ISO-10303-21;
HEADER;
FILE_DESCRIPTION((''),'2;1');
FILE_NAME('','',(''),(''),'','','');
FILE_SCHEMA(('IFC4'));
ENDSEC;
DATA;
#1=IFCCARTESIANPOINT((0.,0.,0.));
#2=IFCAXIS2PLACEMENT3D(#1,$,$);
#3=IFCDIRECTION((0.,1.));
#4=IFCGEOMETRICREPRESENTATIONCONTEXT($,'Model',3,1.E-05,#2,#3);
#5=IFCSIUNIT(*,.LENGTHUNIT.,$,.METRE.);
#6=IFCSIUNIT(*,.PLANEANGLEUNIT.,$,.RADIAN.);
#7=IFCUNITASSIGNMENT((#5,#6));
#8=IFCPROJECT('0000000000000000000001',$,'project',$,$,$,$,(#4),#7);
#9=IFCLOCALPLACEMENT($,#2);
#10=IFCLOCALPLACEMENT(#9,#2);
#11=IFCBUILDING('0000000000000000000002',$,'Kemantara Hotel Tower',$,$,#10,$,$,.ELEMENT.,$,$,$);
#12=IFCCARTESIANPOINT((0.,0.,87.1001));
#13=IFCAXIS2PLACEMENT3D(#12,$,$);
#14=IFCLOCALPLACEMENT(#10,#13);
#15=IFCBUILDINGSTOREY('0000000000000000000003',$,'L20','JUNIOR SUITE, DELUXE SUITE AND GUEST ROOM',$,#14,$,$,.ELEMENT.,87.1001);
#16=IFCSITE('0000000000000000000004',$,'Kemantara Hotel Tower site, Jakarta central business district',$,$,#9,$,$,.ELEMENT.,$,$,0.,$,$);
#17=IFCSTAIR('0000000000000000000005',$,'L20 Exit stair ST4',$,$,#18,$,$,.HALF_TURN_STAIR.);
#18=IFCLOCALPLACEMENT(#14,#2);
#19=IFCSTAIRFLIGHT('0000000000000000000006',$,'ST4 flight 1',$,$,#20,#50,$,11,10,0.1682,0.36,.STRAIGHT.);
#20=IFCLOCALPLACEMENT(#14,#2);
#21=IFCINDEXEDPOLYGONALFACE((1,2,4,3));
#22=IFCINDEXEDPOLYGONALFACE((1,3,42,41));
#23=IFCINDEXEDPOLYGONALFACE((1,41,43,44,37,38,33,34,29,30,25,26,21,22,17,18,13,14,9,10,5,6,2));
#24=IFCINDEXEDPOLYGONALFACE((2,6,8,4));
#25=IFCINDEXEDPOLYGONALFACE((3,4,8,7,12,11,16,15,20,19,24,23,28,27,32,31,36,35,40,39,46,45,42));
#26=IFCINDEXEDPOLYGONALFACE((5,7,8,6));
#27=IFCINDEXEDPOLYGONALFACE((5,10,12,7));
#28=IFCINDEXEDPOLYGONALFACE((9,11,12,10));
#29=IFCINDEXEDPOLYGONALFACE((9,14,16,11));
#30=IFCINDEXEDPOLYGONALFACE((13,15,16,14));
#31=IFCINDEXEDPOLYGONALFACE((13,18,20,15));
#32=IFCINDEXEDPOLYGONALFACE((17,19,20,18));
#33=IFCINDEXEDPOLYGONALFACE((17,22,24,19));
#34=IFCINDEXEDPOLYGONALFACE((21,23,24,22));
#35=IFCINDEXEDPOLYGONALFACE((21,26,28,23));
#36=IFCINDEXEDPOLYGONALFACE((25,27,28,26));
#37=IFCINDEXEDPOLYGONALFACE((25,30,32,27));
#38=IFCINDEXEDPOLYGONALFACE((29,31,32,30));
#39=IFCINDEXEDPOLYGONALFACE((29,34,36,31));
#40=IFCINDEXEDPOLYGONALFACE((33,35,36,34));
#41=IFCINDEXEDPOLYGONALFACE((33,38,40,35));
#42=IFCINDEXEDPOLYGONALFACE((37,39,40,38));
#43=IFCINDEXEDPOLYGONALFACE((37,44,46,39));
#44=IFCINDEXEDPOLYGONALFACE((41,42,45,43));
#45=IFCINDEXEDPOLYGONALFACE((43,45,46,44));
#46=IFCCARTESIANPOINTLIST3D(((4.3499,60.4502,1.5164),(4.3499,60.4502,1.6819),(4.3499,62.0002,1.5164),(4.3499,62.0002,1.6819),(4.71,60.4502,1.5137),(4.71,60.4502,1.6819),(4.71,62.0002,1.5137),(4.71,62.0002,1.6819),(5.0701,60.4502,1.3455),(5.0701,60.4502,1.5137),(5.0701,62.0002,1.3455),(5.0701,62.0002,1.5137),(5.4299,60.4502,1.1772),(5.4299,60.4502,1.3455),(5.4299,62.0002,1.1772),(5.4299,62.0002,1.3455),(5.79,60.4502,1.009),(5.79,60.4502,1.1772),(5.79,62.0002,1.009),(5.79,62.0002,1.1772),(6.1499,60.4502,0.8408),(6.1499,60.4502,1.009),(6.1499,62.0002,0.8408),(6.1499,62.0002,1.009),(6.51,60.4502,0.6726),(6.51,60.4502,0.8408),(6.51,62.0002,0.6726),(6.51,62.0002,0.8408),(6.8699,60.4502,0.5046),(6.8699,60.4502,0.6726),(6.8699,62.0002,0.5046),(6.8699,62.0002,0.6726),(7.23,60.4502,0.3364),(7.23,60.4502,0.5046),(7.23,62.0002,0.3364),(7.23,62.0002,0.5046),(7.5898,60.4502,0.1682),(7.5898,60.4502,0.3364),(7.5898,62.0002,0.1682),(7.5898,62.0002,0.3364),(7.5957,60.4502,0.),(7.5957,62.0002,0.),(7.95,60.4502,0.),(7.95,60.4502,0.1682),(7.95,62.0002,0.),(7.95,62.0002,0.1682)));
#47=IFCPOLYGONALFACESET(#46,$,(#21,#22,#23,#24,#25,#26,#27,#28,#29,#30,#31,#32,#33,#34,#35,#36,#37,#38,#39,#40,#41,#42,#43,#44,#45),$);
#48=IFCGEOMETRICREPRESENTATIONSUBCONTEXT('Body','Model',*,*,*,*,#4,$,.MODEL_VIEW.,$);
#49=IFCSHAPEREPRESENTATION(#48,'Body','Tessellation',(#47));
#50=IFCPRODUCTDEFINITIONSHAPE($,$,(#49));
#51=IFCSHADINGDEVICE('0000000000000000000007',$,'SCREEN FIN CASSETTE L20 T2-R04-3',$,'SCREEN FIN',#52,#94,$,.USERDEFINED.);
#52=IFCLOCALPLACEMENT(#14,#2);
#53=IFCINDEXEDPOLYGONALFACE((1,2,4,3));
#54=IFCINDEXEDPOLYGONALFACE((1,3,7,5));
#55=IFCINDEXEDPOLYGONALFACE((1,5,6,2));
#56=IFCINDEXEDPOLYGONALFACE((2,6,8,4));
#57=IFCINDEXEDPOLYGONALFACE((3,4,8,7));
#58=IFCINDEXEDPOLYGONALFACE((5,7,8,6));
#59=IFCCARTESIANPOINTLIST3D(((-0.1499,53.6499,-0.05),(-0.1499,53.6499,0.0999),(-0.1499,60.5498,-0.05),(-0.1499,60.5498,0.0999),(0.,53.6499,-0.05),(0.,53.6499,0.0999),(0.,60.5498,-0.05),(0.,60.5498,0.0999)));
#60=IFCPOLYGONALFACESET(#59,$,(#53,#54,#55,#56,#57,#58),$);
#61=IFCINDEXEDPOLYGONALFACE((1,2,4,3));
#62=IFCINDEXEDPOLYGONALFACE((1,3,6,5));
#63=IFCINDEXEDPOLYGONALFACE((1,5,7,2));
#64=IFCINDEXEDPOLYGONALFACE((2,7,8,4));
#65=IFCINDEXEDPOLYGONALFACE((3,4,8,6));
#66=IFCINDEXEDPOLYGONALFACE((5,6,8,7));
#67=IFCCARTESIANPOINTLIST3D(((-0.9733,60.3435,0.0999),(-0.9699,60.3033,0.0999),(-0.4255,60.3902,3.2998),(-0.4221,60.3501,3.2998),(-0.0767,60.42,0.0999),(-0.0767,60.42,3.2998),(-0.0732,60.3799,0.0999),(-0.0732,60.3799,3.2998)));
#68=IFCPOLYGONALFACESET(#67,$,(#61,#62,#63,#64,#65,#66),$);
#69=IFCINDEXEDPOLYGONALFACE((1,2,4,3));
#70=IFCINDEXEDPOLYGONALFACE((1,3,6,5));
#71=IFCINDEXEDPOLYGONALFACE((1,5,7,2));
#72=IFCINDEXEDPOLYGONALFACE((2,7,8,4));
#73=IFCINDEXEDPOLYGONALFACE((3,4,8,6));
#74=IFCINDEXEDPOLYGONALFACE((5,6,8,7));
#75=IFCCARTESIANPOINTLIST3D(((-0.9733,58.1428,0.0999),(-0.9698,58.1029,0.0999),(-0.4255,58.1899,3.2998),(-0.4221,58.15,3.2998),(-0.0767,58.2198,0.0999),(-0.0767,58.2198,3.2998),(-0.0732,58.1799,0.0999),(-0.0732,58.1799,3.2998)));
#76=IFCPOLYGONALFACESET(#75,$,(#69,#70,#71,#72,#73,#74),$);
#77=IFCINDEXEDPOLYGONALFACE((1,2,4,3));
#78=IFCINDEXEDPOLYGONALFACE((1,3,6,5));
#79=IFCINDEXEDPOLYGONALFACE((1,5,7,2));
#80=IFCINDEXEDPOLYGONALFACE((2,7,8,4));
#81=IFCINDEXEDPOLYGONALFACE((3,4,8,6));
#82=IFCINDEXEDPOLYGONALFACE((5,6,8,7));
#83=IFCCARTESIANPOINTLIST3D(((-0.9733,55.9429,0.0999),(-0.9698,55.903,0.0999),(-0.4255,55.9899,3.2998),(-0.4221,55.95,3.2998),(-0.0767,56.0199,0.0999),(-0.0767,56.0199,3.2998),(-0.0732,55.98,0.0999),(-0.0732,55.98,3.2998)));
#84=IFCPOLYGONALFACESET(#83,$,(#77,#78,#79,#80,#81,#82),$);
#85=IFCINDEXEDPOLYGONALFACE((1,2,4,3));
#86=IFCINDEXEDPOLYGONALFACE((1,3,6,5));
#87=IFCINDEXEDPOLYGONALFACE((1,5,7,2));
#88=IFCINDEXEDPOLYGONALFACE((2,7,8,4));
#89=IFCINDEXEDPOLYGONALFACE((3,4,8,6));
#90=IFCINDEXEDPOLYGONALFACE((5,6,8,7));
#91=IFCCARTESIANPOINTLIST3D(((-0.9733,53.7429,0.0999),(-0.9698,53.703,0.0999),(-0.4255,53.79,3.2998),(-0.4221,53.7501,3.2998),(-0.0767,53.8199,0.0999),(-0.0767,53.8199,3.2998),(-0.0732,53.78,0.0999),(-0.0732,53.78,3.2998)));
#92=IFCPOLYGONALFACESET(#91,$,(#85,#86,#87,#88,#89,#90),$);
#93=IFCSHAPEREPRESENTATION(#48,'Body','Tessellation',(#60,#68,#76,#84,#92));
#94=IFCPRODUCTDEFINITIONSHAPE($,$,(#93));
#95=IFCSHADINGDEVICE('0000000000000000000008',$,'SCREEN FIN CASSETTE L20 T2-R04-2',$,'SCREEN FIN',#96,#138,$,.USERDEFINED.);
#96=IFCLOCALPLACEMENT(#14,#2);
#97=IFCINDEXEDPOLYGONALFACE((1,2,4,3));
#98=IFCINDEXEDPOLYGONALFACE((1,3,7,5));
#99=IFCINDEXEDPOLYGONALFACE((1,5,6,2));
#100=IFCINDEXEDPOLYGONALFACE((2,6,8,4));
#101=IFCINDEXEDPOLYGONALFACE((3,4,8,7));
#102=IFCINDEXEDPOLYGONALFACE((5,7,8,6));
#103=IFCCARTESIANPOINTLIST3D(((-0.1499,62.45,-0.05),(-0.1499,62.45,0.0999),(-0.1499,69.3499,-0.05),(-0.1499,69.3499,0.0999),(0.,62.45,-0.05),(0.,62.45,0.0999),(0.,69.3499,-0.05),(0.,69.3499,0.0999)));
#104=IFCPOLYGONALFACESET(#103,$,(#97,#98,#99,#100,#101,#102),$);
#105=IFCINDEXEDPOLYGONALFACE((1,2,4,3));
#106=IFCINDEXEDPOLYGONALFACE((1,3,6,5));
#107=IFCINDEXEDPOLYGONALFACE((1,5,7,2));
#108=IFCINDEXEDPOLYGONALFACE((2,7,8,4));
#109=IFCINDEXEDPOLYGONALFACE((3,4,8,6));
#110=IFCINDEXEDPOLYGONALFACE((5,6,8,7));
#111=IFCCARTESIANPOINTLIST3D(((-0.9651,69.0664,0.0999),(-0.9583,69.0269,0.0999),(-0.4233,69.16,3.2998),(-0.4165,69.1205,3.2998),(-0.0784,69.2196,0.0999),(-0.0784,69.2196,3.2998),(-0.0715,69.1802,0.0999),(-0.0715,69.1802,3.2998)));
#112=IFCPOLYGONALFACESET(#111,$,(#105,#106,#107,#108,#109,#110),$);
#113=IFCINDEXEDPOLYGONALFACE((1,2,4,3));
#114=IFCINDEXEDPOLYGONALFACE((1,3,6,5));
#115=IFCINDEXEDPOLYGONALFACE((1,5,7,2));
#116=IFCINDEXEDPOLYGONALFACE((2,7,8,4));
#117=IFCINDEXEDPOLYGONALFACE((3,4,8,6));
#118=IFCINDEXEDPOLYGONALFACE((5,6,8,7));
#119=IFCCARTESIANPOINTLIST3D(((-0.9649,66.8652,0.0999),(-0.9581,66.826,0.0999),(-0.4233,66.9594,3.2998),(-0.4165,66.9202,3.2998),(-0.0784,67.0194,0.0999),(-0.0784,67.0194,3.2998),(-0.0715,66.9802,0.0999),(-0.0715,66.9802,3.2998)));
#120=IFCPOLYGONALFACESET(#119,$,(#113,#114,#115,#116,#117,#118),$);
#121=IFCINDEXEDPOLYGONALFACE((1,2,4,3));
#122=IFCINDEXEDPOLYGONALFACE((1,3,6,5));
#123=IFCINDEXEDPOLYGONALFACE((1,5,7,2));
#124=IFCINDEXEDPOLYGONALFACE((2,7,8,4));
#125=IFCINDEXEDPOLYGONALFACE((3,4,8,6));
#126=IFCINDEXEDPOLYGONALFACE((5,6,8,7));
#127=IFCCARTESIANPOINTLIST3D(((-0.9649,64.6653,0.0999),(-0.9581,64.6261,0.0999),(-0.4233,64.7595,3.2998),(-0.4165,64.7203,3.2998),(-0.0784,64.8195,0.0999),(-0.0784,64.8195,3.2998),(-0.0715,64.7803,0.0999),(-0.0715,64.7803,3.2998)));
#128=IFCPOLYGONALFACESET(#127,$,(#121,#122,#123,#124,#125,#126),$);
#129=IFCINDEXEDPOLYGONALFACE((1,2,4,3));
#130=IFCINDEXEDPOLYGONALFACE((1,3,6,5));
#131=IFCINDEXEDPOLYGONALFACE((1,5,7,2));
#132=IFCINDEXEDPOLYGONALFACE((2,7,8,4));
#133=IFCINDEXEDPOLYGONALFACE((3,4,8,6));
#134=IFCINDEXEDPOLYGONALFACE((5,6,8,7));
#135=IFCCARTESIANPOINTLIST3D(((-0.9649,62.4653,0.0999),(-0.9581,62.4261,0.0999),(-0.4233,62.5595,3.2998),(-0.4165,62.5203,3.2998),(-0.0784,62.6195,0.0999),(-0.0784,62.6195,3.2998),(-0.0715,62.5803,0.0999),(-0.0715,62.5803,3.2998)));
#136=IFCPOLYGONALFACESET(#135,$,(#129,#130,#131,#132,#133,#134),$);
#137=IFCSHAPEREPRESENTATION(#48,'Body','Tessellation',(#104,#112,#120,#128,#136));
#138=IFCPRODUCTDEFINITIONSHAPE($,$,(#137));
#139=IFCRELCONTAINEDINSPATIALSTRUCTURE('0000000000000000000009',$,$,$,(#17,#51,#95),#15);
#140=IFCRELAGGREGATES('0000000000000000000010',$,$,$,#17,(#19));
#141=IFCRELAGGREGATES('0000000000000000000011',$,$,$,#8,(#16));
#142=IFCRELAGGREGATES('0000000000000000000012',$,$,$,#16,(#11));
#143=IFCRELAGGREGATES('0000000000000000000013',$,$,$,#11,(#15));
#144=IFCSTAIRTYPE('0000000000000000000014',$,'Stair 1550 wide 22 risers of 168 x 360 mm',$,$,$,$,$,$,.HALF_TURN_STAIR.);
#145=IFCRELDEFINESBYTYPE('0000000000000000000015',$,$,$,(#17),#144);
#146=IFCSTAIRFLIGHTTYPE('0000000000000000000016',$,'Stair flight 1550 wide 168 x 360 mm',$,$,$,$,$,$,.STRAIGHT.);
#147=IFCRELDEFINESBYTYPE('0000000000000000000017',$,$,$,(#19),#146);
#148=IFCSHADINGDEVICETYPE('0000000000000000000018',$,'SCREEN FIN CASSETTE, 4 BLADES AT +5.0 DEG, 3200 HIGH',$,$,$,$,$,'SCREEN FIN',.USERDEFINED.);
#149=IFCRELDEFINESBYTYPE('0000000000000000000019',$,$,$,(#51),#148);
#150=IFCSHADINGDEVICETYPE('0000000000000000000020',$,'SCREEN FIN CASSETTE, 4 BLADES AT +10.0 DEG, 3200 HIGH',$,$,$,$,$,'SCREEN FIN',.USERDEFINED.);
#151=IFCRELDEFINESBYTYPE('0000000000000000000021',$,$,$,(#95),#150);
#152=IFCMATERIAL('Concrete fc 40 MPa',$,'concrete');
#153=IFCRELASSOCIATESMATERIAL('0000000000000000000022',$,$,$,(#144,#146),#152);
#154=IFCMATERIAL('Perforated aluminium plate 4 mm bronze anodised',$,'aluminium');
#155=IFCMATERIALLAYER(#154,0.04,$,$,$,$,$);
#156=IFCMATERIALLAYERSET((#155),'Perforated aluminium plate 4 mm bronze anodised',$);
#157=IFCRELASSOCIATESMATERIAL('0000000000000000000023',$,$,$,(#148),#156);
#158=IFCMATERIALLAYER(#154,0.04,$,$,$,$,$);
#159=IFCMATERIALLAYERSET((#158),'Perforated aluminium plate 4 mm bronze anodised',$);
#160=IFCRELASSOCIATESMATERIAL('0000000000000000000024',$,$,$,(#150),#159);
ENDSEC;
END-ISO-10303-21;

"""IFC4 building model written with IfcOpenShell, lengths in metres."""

from ifc_helpers import new_model, si_unit, direction, frame, origin, origin_2d, place, context, subcontext, project, spatial, polyline, rectangle, outline, extrude, source, transform, mapped, material, layer, layer_set, type_object, element, aggregate, save


model = new_model("IFC4")

# Units and contexts
model_context = context("Model", 3, precision=1e-05, world=origin(), true_north=direction((0.0, 1.0)))
body_context = subcontext(model_context, "Body", "Model", "MODEL_VIEW")
ifc_project = project(units=[si_unit("LENGTHUNIT", "METRE"), si_unit("PLANEANGLEUNIT", "RADIAN")], contexts=[model_context])

# Site, building, storey
site_placement = place(None, origin())
site = spatial("IfcSite", under=ifc_project, at=site_placement, Name="Kemantara Hotel Tower site, Jakarta central business district", CompositionType="ELEMENT", RefElevation=0.0)
building_placement = place(site_placement, origin())
building = spatial("IfcBuilding", under=site, at=building_placement, Name="Kemantara Hotel Tower", CompositionType="ELEMENT")
storey_placement = place(building_placement, frame((0.0, 0.0, 87.1001)))
storey = spatial("IfcBuildingStorey", under=building, at=storey_placement, Name="L20", Description="JUNIOR SUITE, DELUXE SUITE AND GUEST ROOM", CompositionType="ELEMENT", Elevation=87.1001)

# Shared definitions
ifc_material_1 = material(Name="Concrete fc 40 MPa", Category="concrete")

# Stair, stair flight
stair_type = type_object("IfcStairType", Name="Stair 1550 wide 22 risers of 168 x 360 mm", PredefinedType="HALF_TURN_STAIR", material=ifc_material_1)
stair_placement = place(storey_placement, origin())
stair = element("IfcStair", 1, at=stair_placement, inside=storey, type_object=stair_type, Name="L20 Exit stair ST4", PredefinedType="HALF_TURN_STAIR")
stair_flight_type = type_object("IfcStairFlightType", Name="Stair flight 1550 wide 168 x 360 mm", PredefinedType="STRAIGHT", material=ifc_material_1)
stair_flight_placement = place(storey_placement, frame((7.95, 61.2251, 0.0), z_axis=(0.0, 0.0, 1.0), x_axis=(-1.0, 0.0, 0.0)))
stair_flight = element("IfcStairFlight", 2, at=stair_flight_placement, type_object=stair_flight_type, Name="ST4 flight 1", NumberOfRisers=11, NumberOfTreads=10, PredefinedType="STRAIGHT", RiserHeight=0.1682, TreadLength=0.36, context=body_context, shape_type="SweptSolid", body=[
    extrude(outline(polyline([(0.0, 0.0), (0.0, 0.1682), (0.3601, 0.1682), (0.3601, 0.3364), (0.72, 0.3364), (0.72, 0.5046), (1.0801, 0.5046), (1.0801, 0.6726), (1.4399, 0.6726), (1.4399, 0.8408), (1.8, 0.8408), (1.8, 1.009), (2.1599, 1.009), (2.1599, 1.1772), (2.52, 1.1772), (2.52, 1.3455), (2.8799, 1.3455), (2.8799, 1.5137), (3.24, 1.5137), (3.24, 1.6819), (3.6001, 1.6819), (3.6001, 1.8501), (3.6001, 1.5164), (0.3542, 0.0), (0.0, 0.0)])), frame((0.0, 0.7749, 0.0), z_axis=(0.0, -1.0, 0.0), x_axis=(1.0, 0.0, 0.0)), (0.0, 0.0, 1.0), 1.55),
])
aggregate(stair, [stair_flight])

# Shading devices
ifc_material_2 = material(Name="Perforated aluminium plate 4 mm bronze anodised", Category="aluminium")
ifc_layer_1 = layer(ifc_material_2, 0.04)
ifc_layer_set_1 = layer_set([ifc_layer_1], Name="Perforated aluminium plate 4 mm bronze anodised")
shading_device_type_1 = type_object("IfcShadingDeviceType", Name="SCREEN FIN CASSETTE, 4 BLADES AT +5.0 DEG, 3200 HIGH", ElementType="SCREEN FIN", PredefinedType="USERDEFINED", material=ifc_layer_set_1)
shared_shape_1 = source(origin(), body_context, "Body", "SweptSolid", [
    extrude(rectangle(XDim=6.8999, YDim=0.1499, at=origin_2d()), frame((3.3, -0.075, -0.1499), z_axis=(0.0, 0.0, 1.0), x_axis=(1.0, 0.0, 0.0)), (0.0, 0.0, 1.0), 0.1499),
    extrude(outline(polyline([(0.0, 0.0), (0.8999, 0.0), (0.3501, 3.2), (0.0, 3.2), (0.0, 0.0)])), frame((0.02, -0.0732, 0.0), z_axis=(-0.996376, -0.085056, 0.0), x_axis=(0.085056, -0.996376, 0.0)), (0.0, 0.0, 1.0), 0.0403),
    extrude(outline(polyline([(0.0, 0.0), (0.8999, 0.0), (0.3501, 3.2), (0.0, 3.2), (0.0, 0.0)])), frame((2.22, -0.0732, 0.0), z_axis=(-0.996332, -0.085575, 0.0), x_axis=(0.085575, -0.996332, 0.0)), (0.0, 0.0, 1.0), 0.04),
    extrude(outline(polyline([(0.0, 0.0), (0.8999, 0.0), (0.3501, 3.2), (0.0, 3.2), (0.0, 0.0)])), frame((4.4199, -0.0732, 0.0), z_axis=(-0.996332, -0.085575, 0.0), x_axis=(0.085575, -0.996332, 0.0)), (0.0, 0.0, 1.0), 0.04),
    extrude(outline(polyline([(0.0, 0.0), (0.8999, 0.0), (0.3501, 3.2), (0.0, 3.2), (0.0, 0.0)])), frame((6.6199, -0.0732, 0.0), z_axis=(-0.996332, -0.085575, 0.0), x_axis=(0.085575, -0.996332, 0.0)), (0.0, 0.0, 1.0), 0.04),
])
shading_device_1_placement = place(storey_placement, frame((0.0, 60.3999, 0.0999), z_axis=(0.0, 0.0, 1.0), x_axis=(0.0, -1.0, 0.0)))
element("IfcShadingDevice", 3, at=shading_device_1_placement, inside=storey, type_object=shading_device_type_1, Name="SCREEN FIN CASSETTE L20 T2-R04-3", ObjectType="SCREEN FIN", PredefinedType="USERDEFINED", context=body_context, shape_type="MappedRepresentation", body=[
    mapped(shared_shape_1, transform((0.0, 0.0, 0.0))),
])
ifc_layer_2 = layer(ifc_material_2, 0.04)
ifc_layer_set_2 = layer_set([ifc_layer_2], Name="Perforated aluminium plate 4 mm bronze anodised")
shading_device_type_2 = type_object("IfcShadingDeviceType", Name="SCREEN FIN CASSETTE, 4 BLADES AT +10.0 DEG, 3200 HIGH", ElementType="SCREEN FIN", PredefinedType="USERDEFINED", material=ifc_layer_set_2)
shared_shape_2 = source(origin(), body_context, "Body", "SweptSolid", [
    extrude(rectangle(XDim=6.8999, YDim=0.1499, at=origin_2d()), frame((3.3, -0.075, -0.1499), z_axis=(0.0, 0.0, 1.0), x_axis=(1.0, 0.0, 0.0)), (0.0, 0.0, 1.0), 0.1499),
    extrude(outline(polyline([(0.0, 0.0), (0.8999, 0.0), (0.3501, 3.2), (0.0, 3.2), (0.0, 0.0)])), frame((0.0198, -0.0715, 0.0), z_axis=(-0.98539, -0.170314, 0.0), x_axis=(0.170314, -0.98539, 0.0)), (0.0, 0.0, 1.0), 0.04),
    extrude(outline(polyline([(0.0, 0.0), (0.8999, 0.0), (0.3501, 3.2), (0.0, 3.2), (0.0, 0.0)])), frame((2.2197, -0.0715, 0.0), z_axis=(-0.985212, -0.171341, 0.0), x_axis=(0.171341, -0.985212, 0.0)), (0.0, 0.0, 1.0), 0.0398),
    extrude(outline(polyline([(0.0, 0.0), (0.8999, 0.0), (0.3501, 3.2), (0.0, 3.2), (0.0, 0.0)])), frame((4.4197, -0.0715, 0.0), z_axis=(-0.985212, -0.171341, 0.0), x_axis=(0.171341, -0.985212, 0.0)), (0.0, 0.0, 1.0), 0.0398),
    extrude(outline(polyline([(0.0, 0.0), (0.8999, 0.0), (0.3501, 3.2), (0.0, 3.2), (0.0, 0.0)])), frame((6.6196, -0.0715, 0.0), z_axis=(-0.985212, -0.171341, 0.0), x_axis=(0.171341, -0.985212, 0.0)), (0.0, 0.0, 1.0), 0.0398),
])
shading_device_2_placement = place(storey_placement, frame((0.0, 69.2, 0.0999), z_axis=(0.0, 0.0, 1.0), x_axis=(0.0, -1.0, 0.0)))
element("IfcShadingDevice", 4, at=shading_device_2_placement, inside=storey, type_object=shading_device_type_2, Name="SCREEN FIN CASSETTE L20 T2-R04-2", ObjectType="SCREEN FIN", PredefinedType="USERDEFINED", context=body_context, shape_type="MappedRepresentation", body=[
    mapped(shared_shape_2, transform((0.0, 0.0, 0.0))),
])

save(model, "model.ifc")
